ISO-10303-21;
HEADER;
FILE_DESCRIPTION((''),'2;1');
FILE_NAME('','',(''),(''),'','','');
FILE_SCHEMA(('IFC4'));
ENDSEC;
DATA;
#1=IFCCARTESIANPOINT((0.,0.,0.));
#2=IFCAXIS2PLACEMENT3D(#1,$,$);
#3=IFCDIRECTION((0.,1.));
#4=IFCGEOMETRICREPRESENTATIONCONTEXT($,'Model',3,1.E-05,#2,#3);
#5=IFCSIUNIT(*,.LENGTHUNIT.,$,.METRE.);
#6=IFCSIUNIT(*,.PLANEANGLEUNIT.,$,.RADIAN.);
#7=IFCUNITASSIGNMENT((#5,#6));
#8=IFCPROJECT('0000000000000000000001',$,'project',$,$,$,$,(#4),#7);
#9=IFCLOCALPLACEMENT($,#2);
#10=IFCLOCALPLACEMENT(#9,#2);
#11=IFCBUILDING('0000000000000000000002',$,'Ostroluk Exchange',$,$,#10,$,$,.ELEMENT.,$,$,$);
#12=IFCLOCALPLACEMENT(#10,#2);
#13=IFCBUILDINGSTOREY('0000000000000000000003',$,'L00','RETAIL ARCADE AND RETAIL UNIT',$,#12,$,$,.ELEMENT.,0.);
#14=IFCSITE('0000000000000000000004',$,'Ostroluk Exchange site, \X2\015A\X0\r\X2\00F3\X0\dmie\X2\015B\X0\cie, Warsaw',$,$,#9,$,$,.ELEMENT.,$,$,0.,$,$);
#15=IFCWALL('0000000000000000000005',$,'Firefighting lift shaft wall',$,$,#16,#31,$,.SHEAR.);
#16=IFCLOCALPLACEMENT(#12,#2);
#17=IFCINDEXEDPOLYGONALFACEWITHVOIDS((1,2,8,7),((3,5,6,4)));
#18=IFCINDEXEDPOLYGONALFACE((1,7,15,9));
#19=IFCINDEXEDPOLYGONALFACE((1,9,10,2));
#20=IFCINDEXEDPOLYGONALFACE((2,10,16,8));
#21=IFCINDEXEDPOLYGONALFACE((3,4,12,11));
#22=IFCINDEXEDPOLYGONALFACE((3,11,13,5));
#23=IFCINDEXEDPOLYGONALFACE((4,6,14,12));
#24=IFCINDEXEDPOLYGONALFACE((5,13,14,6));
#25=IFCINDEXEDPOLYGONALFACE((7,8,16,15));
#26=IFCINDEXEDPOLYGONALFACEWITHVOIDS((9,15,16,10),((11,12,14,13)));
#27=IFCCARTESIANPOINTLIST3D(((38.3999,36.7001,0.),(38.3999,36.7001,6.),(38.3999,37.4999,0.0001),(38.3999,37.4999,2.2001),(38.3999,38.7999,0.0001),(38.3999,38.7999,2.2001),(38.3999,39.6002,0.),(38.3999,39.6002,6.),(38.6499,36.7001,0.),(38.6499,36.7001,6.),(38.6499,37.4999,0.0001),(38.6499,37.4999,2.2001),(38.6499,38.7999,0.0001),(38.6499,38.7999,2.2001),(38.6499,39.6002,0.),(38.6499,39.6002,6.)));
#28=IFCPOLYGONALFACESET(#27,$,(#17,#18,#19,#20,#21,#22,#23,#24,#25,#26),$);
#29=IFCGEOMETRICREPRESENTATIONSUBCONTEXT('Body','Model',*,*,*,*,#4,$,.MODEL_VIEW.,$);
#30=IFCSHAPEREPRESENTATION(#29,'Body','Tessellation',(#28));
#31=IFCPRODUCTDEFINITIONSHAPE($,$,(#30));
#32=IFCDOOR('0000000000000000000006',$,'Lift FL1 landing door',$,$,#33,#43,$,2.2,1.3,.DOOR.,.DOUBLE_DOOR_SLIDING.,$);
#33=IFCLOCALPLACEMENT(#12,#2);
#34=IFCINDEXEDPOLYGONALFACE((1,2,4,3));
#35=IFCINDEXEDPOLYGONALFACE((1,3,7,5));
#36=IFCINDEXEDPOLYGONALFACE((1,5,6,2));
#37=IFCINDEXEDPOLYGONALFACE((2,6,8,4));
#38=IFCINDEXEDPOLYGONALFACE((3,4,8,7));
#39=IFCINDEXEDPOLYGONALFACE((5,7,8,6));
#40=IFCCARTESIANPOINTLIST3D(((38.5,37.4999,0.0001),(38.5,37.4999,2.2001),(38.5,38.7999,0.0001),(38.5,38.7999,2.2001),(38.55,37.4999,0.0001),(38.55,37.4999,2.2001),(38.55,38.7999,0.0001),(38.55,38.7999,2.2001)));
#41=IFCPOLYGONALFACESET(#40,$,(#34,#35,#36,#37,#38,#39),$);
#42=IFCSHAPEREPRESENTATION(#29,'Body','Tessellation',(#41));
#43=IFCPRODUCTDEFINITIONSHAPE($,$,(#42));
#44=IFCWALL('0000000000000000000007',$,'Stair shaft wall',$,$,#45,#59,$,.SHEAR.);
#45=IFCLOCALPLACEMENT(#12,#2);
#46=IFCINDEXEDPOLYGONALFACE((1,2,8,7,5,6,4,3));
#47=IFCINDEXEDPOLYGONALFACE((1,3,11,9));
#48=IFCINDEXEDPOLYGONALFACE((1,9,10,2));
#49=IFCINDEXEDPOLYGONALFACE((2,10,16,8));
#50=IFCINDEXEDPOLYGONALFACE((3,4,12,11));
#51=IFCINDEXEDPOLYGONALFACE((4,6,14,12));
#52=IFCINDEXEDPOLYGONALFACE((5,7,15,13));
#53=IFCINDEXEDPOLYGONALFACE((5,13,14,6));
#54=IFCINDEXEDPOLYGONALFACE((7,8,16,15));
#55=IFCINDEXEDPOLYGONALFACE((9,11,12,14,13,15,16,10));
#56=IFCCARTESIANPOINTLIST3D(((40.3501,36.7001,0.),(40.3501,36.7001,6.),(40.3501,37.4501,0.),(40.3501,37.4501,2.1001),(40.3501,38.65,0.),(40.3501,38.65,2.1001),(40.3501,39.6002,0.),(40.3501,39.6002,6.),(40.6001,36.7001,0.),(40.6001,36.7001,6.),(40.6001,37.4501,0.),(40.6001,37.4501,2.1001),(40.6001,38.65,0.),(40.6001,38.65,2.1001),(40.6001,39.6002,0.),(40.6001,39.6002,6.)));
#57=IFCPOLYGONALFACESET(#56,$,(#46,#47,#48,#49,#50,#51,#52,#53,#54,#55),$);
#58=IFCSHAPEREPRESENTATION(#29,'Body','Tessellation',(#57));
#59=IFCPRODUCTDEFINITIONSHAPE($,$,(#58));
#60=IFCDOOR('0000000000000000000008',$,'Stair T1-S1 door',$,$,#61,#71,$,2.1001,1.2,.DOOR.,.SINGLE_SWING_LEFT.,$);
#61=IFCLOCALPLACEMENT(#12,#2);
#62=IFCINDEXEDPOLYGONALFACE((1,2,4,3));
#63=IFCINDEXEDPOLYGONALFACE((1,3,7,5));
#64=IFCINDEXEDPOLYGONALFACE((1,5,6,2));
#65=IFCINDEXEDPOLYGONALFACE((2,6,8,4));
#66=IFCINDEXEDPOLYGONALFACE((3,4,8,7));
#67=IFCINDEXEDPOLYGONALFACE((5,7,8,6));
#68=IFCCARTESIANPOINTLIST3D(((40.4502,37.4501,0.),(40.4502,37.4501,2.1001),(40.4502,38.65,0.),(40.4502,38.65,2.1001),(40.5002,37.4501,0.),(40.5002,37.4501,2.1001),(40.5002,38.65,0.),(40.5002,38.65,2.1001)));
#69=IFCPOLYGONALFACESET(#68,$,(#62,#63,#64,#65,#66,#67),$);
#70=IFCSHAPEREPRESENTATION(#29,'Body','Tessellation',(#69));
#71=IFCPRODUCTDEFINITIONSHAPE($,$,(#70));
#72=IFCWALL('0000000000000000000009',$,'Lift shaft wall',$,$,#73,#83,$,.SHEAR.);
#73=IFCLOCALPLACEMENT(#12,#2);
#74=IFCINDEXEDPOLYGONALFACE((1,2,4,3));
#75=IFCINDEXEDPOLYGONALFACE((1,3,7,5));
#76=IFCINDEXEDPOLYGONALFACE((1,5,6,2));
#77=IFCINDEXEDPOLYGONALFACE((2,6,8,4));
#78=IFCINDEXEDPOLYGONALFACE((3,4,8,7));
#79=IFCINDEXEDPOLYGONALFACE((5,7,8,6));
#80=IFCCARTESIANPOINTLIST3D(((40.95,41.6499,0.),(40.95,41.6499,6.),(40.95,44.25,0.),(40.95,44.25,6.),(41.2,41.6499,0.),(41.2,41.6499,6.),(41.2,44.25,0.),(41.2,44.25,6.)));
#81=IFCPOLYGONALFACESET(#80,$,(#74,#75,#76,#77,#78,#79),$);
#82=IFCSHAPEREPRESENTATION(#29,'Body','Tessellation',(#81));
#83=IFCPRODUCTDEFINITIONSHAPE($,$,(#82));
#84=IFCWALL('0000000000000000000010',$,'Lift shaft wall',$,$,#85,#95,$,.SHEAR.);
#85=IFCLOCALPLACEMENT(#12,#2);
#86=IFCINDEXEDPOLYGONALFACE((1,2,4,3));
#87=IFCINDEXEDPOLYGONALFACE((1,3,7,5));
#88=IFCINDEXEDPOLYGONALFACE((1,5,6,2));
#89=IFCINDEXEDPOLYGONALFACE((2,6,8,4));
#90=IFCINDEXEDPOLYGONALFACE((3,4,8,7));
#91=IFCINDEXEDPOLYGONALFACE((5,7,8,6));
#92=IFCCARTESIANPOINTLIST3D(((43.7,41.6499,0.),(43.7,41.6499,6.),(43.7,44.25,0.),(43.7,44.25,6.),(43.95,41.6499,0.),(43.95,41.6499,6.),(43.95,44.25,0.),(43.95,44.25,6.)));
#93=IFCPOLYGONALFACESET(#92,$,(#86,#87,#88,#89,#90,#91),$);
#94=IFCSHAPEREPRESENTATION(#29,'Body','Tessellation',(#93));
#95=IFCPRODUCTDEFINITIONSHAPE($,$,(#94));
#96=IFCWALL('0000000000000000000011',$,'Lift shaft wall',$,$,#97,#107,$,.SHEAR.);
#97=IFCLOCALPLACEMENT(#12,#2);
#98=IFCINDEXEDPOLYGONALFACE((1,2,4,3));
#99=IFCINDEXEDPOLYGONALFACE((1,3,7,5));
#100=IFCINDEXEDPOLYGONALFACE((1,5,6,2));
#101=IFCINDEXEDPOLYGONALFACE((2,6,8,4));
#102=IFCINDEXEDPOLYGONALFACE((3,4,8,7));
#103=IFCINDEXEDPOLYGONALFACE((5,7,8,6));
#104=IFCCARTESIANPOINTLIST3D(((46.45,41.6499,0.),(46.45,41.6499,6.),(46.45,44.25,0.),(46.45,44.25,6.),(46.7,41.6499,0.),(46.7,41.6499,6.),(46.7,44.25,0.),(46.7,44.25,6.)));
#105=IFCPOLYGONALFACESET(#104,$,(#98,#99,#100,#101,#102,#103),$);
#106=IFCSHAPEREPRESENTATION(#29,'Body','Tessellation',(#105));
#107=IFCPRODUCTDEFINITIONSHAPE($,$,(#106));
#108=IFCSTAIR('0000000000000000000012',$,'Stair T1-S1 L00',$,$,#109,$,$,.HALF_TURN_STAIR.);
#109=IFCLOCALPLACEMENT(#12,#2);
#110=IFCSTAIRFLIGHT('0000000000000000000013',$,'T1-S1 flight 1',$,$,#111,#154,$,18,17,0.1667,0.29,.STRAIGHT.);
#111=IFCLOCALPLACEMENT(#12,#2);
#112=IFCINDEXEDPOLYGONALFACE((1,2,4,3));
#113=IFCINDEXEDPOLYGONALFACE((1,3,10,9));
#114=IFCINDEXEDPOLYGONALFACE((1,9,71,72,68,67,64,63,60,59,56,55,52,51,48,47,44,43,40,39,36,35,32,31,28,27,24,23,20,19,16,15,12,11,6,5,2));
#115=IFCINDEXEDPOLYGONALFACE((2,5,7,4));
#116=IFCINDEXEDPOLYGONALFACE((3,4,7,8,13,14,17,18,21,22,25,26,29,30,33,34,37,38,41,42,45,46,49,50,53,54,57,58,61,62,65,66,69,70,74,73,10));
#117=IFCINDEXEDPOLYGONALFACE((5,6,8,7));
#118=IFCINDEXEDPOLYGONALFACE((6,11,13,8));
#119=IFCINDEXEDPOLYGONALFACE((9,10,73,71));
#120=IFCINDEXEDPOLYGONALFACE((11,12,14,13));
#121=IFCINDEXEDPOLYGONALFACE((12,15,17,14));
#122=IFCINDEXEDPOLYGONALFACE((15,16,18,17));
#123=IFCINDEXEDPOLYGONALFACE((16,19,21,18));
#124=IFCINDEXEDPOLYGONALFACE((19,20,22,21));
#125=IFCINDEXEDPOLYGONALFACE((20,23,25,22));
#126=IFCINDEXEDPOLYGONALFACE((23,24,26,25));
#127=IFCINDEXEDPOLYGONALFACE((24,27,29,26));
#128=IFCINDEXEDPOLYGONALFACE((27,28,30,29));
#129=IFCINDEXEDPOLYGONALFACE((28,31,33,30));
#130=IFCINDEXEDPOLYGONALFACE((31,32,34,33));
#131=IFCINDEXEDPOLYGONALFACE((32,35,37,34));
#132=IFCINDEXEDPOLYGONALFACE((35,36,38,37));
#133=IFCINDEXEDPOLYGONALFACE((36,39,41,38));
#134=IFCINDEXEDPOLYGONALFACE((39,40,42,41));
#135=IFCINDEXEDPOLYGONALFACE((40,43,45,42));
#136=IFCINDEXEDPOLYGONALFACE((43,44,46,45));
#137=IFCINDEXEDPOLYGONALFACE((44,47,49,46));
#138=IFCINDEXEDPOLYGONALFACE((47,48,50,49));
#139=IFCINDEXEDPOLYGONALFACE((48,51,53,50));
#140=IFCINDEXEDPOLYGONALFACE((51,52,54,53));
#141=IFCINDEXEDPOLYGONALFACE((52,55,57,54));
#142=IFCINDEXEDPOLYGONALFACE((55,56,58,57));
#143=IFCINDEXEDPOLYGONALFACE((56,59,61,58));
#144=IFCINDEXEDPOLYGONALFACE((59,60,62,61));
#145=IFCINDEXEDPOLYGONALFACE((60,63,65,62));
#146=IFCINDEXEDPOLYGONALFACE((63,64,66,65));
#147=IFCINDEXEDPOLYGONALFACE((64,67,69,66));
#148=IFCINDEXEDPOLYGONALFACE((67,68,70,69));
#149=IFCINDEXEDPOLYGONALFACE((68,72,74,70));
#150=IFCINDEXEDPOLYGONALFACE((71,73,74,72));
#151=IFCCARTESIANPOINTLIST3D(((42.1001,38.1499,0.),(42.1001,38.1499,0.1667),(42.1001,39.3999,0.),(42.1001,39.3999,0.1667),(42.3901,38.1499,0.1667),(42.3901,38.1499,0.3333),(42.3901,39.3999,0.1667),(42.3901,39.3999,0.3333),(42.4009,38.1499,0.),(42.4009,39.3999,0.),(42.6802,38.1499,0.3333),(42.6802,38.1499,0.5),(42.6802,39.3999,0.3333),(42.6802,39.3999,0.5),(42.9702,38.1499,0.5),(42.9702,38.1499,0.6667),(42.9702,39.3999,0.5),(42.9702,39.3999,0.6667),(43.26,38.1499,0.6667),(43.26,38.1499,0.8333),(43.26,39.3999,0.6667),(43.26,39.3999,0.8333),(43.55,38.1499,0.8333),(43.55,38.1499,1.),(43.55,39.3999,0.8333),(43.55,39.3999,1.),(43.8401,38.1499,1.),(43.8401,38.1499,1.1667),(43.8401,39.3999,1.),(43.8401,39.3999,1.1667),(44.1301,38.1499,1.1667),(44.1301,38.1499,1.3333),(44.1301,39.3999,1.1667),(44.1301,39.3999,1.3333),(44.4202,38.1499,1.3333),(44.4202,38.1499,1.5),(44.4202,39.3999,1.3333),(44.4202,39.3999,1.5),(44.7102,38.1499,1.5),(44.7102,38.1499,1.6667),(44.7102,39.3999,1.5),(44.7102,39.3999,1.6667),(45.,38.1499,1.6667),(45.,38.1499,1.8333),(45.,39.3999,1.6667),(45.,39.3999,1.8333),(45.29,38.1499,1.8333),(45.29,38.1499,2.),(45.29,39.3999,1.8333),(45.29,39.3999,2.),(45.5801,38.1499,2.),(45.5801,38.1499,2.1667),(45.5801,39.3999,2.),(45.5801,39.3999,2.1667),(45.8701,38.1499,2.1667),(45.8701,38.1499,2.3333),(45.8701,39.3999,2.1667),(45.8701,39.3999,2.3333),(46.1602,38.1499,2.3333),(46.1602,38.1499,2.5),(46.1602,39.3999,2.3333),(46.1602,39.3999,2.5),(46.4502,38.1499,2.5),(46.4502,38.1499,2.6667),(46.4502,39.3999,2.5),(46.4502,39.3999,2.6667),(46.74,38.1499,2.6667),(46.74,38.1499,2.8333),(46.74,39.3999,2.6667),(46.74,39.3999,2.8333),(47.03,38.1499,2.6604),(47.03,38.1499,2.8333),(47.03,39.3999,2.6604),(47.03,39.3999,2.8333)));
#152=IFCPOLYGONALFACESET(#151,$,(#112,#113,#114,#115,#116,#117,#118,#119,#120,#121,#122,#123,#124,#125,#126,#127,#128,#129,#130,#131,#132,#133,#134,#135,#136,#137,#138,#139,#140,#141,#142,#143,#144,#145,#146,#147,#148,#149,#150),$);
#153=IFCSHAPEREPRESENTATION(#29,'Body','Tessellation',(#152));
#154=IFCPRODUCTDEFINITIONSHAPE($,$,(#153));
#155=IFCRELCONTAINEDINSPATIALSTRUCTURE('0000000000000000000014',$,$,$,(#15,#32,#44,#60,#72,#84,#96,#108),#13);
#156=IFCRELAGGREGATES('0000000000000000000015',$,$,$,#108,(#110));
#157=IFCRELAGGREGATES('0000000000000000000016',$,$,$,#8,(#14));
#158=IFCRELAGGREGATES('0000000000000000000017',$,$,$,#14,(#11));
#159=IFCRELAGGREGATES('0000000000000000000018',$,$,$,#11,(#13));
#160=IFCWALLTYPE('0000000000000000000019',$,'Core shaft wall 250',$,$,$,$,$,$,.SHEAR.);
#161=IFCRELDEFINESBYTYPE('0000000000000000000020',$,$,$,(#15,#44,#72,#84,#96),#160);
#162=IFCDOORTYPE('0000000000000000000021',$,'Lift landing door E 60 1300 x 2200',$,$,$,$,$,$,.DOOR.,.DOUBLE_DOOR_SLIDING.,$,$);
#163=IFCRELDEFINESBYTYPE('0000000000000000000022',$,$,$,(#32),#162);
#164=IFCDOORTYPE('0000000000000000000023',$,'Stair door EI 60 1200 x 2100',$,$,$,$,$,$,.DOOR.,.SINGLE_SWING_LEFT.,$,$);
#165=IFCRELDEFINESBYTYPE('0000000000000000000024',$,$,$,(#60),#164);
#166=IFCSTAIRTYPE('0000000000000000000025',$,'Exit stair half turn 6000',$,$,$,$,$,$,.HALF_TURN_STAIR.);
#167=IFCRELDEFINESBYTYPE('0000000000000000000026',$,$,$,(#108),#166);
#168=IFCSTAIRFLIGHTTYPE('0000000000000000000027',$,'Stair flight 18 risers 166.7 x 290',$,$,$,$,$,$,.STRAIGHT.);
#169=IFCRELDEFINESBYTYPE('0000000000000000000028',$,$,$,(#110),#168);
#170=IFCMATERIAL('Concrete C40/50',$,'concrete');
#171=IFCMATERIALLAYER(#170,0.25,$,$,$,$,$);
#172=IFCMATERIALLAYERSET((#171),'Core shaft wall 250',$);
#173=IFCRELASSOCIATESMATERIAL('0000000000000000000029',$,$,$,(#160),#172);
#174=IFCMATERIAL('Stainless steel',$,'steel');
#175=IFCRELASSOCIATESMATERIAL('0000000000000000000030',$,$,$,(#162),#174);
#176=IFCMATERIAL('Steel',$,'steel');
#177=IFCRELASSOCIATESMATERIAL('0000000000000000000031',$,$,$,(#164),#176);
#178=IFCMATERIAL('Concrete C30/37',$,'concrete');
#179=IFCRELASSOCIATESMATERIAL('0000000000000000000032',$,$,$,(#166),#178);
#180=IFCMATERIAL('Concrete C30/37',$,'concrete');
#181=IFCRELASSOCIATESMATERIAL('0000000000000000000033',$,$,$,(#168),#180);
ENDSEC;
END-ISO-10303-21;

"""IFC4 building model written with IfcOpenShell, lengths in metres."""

from ifc_helpers import new_model, si_unit, direction, frame, frame_2d, origin, place, context, subcontext, project, spatial, polyline, rectangle, outline, extrude, material, layer, layer_set, type_object, element, fill, aggregate, save


model = new_model("IFC4")

# Units and contexts
model_context = context("Model", 3, precision=1e-05, world=origin(), true_north=direction((0.0, 1.0)))
body_context = subcontext(model_context, "Body", "Model", "MODEL_VIEW")
ifc_project = project(units=[si_unit("LENGTHUNIT", "METRE"), si_unit("PLANEANGLEUNIT", "RADIAN")], contexts=[model_context])

# Site, building, storey
site_placement = place(None, origin())
site = spatial("IfcSite", under=ifc_project, at=site_placement, Name="Ostroluk Exchange site, Śródmieście, Warsaw", CompositionType="ELEMENT", RefElevation=0.0)
building_placement = place(site_placement, origin())
building = spatial("IfcBuilding", under=site, at=building_placement, Name="Ostroluk Exchange", CompositionType="ELEMENT")
storey_placement = place(building_placement, origin())
storey = spatial("IfcBuildingStorey", under=building, at=storey_placement, Name="L00", Description="RETAIL ARCADE AND RETAIL UNIT", CompositionType="ELEMENT", Elevation=0.0)

# Walls, openings, doors
ifc_material_1 = material(Name="Concrete C40/50", Category="concrete")
ifc_layer_1 = layer(ifc_material_1, 0.25)
ifc_layer_set_1 = layer_set([ifc_layer_1], Name="Core shaft wall 250")
wall_type_1 = type_object("IfcWallType", Name="Core shaft wall 250", PredefinedType="SHEAR", material=ifc_layer_set_1)
wall_1_placement = place(storey_placement, frame((38.5249, 36.7, 0.0), z_axis=(0.0, 0.0, 1.0), x_axis=(0.0, 1.0, 0.0)))
wall_1 = element("IfcWall", 1, at=wall_1_placement, inside=storey, type_object=wall_type_1, Name="Firefighting lift shaft wall", PredefinedType="SHEAR", context=body_context, shape_type="SweptSolid", body=[
    extrude(rectangle(XDim=2.9001, YDim=0.25, at=frame_2d((1.4502, 0.0))), origin(), (0.0, 0.0, 1.0), 6.0),
])
opening_1_placement = place(wall_1_placement, frame((0.8, 0.0, 0.0)))
opening_1 = element("IfcOpeningElement", 2, at=opening_1_placement, cuts=wall_1, PredefinedType="OPENING", context=body_context, shape_type="SweptSolid", body=[
    extrude(rectangle(XDim=1.3, YDim=2.2, at=frame_2d((0.6499, 1.1001))), frame((0.0, 0.135, 0.0), z_axis=(0.0, -1.0, 0.0), x_axis=(1.0, 0.0, 0.0)), (0.0, 0.0, 1.0), 0.27),
])
ifc_material_2 = material(Name="Stainless steel", Category="steel")
door_type_1 = type_object("IfcDoorType", Name="Lift landing door E 60 1300 x 2200", OperationType="DOUBLE_DOOR_SLIDING", PredefinedType="DOOR", material=ifc_material_2)
door_1_placement = place(opening_1_placement, origin())
door_1 = element("IfcDoor", 3, at=door_1_placement, inside=storey, type_object=door_type_1, Name="Lift FL1 landing door", OperationType="DOUBLE_DOOR_SLIDING", OverallHeight=2.2, OverallWidth=1.3, PredefinedType="DOOR", context=body_context, shape_type="SweptSolid", body=[
    extrude(rectangle(XDim=1.3, YDim=2.2, at=frame_2d((0.6499, 1.1001))), frame((0.0, 0.0249, 0.0), z_axis=(0.0, -1.0, 0.0), x_axis=(1.0, 0.0, 0.0)), (0.0, 0.0, 1.0), 0.05),
])
fill(opening_1, door_1)
wall_2_placement = place(storey_placement, frame((40.4751, 36.7, 0.0), z_axis=(0.0, 0.0, 1.0), x_axis=(0.0, 1.0, 0.0)))
wall_2 = element("IfcWall", 4, at=wall_2_placement, inside=storey, type_object=wall_type_1, Name="Stair shaft wall", PredefinedType="SHEAR", context=body_context, shape_type="SweptSolid", body=[
    extrude(rectangle(XDim=2.9001, YDim=0.25, at=frame_2d((1.4502, 0.0))), origin(), (0.0, 0.0, 1.0), 6.0),
])
opening_2_placement = place(wall_2_placement, frame((0.75, 0.0, 0.0)))
opening_2 = element("IfcOpeningElement", 5, at=opening_2_placement, cuts=wall_2, PredefinedType="OPENING", context=body_context, shape_type="SweptSolid", body=[
    extrude(rectangle(XDim=1.2, YDim=2.1001, at=frame_2d((0.6001, 1.05))), frame((0.0, 0.135, 0.0), z_axis=(0.0, -1.0, 0.0), x_axis=(1.0, 0.0, 0.0)), (0.0, 0.0, 1.0), 0.27),
])
ifc_material_3 = material(Name="Steel", Category="steel")
door_type_2 = type_object("IfcDoorType", Name="Stair door EI 60 1200 x 2100", OperationType="SINGLE_SWING_LEFT", PredefinedType="DOOR", material=ifc_material_3)
door_2_placement = place(opening_2_placement, origin())
door_2 = element("IfcDoor", 6, at=door_2_placement, inside=storey, type_object=door_type_2, Name="Stair T1-S1 door", OperationType="SINGLE_SWING_LEFT", OverallHeight=2.1001, OverallWidth=1.2, PredefinedType="DOOR", context=body_context, shape_type="SweptSolid", body=[
    extrude(rectangle(XDim=1.2, YDim=2.1001, at=frame_2d((0.6001, 1.05))), frame((0.0, 0.0249, 0.0), z_axis=(0.0, -1.0, 0.0), x_axis=(1.0, 0.0, 0.0)), (0.0, 0.0, 1.0), 0.05),
])
fill(opening_2, door_2)

# Walls
for number, where, z_axis, x_axis, name in (
    (7, (41.075, 44.25, 0.0), (0.0, 0.0, 1.0), (0.0, -1.0, 0.0), "Lift shaft wall"),
    (8, (43.825, 44.25, 0.0), (0.0, 0.0, 1.0), (0.0, -1.0, 0.0), "Lift shaft wall"),
    (9, (46.575, 44.25, 0.0), (0.0, 0.0, 1.0), (0.0, -1.0, 0.0), "Lift shaft wall"),
):
    element("IfcWall", number, at=place(storey_placement, frame(where, z_axis=z_axis, x_axis=x_axis)), inside=storey, type_object=wall_type_1, Name=name, PredefinedType="SHEAR", context=body_context, shape_type="SweptSolid", body=[
        extrude(rectangle(XDim=2.6001, YDim=0.25, at=frame_2d((1.3, 0.0))), origin(), (0.0, 0.0, 1.0), 6.0),
    ])

# Stair, stair flight
ifc_material_4 = material(Name="Concrete C30/37", Category="concrete")
stair_type = type_object("IfcStairType", Name="Exit stair half turn 6000", PredefinedType="HALF_TURN_STAIR", material=ifc_material_4)
stair_placement = place(storey_placement, origin())
stair = element("IfcStair", 10, at=stair_placement, inside=storey, type_object=stair_type, Name="Stair T1-S1 L00", PredefinedType="HALF_TURN_STAIR")
ifc_material_5 = material(Name="Concrete C30/37", Category="concrete")
stair_flight_type = type_object("IfcStairFlightType", Name="Stair flight 18 risers 166.7 x 290", PredefinedType="STRAIGHT", material=ifc_material_5)
stair_flight_1_placement = place(storey_placement, frame((42.1001, 38.7749, 0.0), z_axis=(0.0, 0.0, 1.0), x_axis=(1.0, 0.0, 0.0)))
stair_flight_1 = element("IfcStairFlight", 11, at=stair_flight_1_placement, type_object=stair_flight_type, Name="T1-S1 flight 1", NumberOfRisers=18, NumberOfTreads=17, PredefinedType="STRAIGHT", RiserHeight=0.1667, TreadLength=0.29, context=body_context, shape_type="SweptSolid", body=[
    extrude(outline(polyline([(0.0, 0.0), (0.0, 0.1667), (0.29, 0.1667), (0.29, 0.3333), (0.5801, 0.3333), (0.5801, 0.5), (0.8701, 0.5), (0.8701, 0.6667), (1.1599, 0.6667), (1.1599, 0.8333), (1.45, 0.8333), (1.45, 1.0), (1.74, 1.0), (1.74, 1.1667), (2.03, 1.1667), (2.03, 1.3333), (2.3201, 1.3333), (2.3201, 1.5), (2.6101, 1.5), (2.6101, 1.6667), (2.8999, 1.6667), (2.8999, 1.8333), (3.1899, 1.8333), (3.1899, 2.0), (3.48, 2.0), (3.48, 2.1667), (3.77, 2.1667), (3.77, 2.3333), (4.0601, 2.3333), (4.0601, 2.5), (4.3501, 2.5), (4.3501, 2.6667), (4.6399, 2.6667), (4.6399, 2.8333), (4.9299, 2.8333), (4.9299, 3.0), (4.9299, 2.6604), (0.3008, 0.0), (0.0, 0.0)])), frame((0.0, 0.625, 0.0), z_axis=(0.0, -1.0, 0.0), x_axis=(1.0, 0.0, 0.0)), (0.0, 0.0, 1.0), 1.25),
])
aggregate(stair, [stair_flight_1])

save(model, "model.ifc")
